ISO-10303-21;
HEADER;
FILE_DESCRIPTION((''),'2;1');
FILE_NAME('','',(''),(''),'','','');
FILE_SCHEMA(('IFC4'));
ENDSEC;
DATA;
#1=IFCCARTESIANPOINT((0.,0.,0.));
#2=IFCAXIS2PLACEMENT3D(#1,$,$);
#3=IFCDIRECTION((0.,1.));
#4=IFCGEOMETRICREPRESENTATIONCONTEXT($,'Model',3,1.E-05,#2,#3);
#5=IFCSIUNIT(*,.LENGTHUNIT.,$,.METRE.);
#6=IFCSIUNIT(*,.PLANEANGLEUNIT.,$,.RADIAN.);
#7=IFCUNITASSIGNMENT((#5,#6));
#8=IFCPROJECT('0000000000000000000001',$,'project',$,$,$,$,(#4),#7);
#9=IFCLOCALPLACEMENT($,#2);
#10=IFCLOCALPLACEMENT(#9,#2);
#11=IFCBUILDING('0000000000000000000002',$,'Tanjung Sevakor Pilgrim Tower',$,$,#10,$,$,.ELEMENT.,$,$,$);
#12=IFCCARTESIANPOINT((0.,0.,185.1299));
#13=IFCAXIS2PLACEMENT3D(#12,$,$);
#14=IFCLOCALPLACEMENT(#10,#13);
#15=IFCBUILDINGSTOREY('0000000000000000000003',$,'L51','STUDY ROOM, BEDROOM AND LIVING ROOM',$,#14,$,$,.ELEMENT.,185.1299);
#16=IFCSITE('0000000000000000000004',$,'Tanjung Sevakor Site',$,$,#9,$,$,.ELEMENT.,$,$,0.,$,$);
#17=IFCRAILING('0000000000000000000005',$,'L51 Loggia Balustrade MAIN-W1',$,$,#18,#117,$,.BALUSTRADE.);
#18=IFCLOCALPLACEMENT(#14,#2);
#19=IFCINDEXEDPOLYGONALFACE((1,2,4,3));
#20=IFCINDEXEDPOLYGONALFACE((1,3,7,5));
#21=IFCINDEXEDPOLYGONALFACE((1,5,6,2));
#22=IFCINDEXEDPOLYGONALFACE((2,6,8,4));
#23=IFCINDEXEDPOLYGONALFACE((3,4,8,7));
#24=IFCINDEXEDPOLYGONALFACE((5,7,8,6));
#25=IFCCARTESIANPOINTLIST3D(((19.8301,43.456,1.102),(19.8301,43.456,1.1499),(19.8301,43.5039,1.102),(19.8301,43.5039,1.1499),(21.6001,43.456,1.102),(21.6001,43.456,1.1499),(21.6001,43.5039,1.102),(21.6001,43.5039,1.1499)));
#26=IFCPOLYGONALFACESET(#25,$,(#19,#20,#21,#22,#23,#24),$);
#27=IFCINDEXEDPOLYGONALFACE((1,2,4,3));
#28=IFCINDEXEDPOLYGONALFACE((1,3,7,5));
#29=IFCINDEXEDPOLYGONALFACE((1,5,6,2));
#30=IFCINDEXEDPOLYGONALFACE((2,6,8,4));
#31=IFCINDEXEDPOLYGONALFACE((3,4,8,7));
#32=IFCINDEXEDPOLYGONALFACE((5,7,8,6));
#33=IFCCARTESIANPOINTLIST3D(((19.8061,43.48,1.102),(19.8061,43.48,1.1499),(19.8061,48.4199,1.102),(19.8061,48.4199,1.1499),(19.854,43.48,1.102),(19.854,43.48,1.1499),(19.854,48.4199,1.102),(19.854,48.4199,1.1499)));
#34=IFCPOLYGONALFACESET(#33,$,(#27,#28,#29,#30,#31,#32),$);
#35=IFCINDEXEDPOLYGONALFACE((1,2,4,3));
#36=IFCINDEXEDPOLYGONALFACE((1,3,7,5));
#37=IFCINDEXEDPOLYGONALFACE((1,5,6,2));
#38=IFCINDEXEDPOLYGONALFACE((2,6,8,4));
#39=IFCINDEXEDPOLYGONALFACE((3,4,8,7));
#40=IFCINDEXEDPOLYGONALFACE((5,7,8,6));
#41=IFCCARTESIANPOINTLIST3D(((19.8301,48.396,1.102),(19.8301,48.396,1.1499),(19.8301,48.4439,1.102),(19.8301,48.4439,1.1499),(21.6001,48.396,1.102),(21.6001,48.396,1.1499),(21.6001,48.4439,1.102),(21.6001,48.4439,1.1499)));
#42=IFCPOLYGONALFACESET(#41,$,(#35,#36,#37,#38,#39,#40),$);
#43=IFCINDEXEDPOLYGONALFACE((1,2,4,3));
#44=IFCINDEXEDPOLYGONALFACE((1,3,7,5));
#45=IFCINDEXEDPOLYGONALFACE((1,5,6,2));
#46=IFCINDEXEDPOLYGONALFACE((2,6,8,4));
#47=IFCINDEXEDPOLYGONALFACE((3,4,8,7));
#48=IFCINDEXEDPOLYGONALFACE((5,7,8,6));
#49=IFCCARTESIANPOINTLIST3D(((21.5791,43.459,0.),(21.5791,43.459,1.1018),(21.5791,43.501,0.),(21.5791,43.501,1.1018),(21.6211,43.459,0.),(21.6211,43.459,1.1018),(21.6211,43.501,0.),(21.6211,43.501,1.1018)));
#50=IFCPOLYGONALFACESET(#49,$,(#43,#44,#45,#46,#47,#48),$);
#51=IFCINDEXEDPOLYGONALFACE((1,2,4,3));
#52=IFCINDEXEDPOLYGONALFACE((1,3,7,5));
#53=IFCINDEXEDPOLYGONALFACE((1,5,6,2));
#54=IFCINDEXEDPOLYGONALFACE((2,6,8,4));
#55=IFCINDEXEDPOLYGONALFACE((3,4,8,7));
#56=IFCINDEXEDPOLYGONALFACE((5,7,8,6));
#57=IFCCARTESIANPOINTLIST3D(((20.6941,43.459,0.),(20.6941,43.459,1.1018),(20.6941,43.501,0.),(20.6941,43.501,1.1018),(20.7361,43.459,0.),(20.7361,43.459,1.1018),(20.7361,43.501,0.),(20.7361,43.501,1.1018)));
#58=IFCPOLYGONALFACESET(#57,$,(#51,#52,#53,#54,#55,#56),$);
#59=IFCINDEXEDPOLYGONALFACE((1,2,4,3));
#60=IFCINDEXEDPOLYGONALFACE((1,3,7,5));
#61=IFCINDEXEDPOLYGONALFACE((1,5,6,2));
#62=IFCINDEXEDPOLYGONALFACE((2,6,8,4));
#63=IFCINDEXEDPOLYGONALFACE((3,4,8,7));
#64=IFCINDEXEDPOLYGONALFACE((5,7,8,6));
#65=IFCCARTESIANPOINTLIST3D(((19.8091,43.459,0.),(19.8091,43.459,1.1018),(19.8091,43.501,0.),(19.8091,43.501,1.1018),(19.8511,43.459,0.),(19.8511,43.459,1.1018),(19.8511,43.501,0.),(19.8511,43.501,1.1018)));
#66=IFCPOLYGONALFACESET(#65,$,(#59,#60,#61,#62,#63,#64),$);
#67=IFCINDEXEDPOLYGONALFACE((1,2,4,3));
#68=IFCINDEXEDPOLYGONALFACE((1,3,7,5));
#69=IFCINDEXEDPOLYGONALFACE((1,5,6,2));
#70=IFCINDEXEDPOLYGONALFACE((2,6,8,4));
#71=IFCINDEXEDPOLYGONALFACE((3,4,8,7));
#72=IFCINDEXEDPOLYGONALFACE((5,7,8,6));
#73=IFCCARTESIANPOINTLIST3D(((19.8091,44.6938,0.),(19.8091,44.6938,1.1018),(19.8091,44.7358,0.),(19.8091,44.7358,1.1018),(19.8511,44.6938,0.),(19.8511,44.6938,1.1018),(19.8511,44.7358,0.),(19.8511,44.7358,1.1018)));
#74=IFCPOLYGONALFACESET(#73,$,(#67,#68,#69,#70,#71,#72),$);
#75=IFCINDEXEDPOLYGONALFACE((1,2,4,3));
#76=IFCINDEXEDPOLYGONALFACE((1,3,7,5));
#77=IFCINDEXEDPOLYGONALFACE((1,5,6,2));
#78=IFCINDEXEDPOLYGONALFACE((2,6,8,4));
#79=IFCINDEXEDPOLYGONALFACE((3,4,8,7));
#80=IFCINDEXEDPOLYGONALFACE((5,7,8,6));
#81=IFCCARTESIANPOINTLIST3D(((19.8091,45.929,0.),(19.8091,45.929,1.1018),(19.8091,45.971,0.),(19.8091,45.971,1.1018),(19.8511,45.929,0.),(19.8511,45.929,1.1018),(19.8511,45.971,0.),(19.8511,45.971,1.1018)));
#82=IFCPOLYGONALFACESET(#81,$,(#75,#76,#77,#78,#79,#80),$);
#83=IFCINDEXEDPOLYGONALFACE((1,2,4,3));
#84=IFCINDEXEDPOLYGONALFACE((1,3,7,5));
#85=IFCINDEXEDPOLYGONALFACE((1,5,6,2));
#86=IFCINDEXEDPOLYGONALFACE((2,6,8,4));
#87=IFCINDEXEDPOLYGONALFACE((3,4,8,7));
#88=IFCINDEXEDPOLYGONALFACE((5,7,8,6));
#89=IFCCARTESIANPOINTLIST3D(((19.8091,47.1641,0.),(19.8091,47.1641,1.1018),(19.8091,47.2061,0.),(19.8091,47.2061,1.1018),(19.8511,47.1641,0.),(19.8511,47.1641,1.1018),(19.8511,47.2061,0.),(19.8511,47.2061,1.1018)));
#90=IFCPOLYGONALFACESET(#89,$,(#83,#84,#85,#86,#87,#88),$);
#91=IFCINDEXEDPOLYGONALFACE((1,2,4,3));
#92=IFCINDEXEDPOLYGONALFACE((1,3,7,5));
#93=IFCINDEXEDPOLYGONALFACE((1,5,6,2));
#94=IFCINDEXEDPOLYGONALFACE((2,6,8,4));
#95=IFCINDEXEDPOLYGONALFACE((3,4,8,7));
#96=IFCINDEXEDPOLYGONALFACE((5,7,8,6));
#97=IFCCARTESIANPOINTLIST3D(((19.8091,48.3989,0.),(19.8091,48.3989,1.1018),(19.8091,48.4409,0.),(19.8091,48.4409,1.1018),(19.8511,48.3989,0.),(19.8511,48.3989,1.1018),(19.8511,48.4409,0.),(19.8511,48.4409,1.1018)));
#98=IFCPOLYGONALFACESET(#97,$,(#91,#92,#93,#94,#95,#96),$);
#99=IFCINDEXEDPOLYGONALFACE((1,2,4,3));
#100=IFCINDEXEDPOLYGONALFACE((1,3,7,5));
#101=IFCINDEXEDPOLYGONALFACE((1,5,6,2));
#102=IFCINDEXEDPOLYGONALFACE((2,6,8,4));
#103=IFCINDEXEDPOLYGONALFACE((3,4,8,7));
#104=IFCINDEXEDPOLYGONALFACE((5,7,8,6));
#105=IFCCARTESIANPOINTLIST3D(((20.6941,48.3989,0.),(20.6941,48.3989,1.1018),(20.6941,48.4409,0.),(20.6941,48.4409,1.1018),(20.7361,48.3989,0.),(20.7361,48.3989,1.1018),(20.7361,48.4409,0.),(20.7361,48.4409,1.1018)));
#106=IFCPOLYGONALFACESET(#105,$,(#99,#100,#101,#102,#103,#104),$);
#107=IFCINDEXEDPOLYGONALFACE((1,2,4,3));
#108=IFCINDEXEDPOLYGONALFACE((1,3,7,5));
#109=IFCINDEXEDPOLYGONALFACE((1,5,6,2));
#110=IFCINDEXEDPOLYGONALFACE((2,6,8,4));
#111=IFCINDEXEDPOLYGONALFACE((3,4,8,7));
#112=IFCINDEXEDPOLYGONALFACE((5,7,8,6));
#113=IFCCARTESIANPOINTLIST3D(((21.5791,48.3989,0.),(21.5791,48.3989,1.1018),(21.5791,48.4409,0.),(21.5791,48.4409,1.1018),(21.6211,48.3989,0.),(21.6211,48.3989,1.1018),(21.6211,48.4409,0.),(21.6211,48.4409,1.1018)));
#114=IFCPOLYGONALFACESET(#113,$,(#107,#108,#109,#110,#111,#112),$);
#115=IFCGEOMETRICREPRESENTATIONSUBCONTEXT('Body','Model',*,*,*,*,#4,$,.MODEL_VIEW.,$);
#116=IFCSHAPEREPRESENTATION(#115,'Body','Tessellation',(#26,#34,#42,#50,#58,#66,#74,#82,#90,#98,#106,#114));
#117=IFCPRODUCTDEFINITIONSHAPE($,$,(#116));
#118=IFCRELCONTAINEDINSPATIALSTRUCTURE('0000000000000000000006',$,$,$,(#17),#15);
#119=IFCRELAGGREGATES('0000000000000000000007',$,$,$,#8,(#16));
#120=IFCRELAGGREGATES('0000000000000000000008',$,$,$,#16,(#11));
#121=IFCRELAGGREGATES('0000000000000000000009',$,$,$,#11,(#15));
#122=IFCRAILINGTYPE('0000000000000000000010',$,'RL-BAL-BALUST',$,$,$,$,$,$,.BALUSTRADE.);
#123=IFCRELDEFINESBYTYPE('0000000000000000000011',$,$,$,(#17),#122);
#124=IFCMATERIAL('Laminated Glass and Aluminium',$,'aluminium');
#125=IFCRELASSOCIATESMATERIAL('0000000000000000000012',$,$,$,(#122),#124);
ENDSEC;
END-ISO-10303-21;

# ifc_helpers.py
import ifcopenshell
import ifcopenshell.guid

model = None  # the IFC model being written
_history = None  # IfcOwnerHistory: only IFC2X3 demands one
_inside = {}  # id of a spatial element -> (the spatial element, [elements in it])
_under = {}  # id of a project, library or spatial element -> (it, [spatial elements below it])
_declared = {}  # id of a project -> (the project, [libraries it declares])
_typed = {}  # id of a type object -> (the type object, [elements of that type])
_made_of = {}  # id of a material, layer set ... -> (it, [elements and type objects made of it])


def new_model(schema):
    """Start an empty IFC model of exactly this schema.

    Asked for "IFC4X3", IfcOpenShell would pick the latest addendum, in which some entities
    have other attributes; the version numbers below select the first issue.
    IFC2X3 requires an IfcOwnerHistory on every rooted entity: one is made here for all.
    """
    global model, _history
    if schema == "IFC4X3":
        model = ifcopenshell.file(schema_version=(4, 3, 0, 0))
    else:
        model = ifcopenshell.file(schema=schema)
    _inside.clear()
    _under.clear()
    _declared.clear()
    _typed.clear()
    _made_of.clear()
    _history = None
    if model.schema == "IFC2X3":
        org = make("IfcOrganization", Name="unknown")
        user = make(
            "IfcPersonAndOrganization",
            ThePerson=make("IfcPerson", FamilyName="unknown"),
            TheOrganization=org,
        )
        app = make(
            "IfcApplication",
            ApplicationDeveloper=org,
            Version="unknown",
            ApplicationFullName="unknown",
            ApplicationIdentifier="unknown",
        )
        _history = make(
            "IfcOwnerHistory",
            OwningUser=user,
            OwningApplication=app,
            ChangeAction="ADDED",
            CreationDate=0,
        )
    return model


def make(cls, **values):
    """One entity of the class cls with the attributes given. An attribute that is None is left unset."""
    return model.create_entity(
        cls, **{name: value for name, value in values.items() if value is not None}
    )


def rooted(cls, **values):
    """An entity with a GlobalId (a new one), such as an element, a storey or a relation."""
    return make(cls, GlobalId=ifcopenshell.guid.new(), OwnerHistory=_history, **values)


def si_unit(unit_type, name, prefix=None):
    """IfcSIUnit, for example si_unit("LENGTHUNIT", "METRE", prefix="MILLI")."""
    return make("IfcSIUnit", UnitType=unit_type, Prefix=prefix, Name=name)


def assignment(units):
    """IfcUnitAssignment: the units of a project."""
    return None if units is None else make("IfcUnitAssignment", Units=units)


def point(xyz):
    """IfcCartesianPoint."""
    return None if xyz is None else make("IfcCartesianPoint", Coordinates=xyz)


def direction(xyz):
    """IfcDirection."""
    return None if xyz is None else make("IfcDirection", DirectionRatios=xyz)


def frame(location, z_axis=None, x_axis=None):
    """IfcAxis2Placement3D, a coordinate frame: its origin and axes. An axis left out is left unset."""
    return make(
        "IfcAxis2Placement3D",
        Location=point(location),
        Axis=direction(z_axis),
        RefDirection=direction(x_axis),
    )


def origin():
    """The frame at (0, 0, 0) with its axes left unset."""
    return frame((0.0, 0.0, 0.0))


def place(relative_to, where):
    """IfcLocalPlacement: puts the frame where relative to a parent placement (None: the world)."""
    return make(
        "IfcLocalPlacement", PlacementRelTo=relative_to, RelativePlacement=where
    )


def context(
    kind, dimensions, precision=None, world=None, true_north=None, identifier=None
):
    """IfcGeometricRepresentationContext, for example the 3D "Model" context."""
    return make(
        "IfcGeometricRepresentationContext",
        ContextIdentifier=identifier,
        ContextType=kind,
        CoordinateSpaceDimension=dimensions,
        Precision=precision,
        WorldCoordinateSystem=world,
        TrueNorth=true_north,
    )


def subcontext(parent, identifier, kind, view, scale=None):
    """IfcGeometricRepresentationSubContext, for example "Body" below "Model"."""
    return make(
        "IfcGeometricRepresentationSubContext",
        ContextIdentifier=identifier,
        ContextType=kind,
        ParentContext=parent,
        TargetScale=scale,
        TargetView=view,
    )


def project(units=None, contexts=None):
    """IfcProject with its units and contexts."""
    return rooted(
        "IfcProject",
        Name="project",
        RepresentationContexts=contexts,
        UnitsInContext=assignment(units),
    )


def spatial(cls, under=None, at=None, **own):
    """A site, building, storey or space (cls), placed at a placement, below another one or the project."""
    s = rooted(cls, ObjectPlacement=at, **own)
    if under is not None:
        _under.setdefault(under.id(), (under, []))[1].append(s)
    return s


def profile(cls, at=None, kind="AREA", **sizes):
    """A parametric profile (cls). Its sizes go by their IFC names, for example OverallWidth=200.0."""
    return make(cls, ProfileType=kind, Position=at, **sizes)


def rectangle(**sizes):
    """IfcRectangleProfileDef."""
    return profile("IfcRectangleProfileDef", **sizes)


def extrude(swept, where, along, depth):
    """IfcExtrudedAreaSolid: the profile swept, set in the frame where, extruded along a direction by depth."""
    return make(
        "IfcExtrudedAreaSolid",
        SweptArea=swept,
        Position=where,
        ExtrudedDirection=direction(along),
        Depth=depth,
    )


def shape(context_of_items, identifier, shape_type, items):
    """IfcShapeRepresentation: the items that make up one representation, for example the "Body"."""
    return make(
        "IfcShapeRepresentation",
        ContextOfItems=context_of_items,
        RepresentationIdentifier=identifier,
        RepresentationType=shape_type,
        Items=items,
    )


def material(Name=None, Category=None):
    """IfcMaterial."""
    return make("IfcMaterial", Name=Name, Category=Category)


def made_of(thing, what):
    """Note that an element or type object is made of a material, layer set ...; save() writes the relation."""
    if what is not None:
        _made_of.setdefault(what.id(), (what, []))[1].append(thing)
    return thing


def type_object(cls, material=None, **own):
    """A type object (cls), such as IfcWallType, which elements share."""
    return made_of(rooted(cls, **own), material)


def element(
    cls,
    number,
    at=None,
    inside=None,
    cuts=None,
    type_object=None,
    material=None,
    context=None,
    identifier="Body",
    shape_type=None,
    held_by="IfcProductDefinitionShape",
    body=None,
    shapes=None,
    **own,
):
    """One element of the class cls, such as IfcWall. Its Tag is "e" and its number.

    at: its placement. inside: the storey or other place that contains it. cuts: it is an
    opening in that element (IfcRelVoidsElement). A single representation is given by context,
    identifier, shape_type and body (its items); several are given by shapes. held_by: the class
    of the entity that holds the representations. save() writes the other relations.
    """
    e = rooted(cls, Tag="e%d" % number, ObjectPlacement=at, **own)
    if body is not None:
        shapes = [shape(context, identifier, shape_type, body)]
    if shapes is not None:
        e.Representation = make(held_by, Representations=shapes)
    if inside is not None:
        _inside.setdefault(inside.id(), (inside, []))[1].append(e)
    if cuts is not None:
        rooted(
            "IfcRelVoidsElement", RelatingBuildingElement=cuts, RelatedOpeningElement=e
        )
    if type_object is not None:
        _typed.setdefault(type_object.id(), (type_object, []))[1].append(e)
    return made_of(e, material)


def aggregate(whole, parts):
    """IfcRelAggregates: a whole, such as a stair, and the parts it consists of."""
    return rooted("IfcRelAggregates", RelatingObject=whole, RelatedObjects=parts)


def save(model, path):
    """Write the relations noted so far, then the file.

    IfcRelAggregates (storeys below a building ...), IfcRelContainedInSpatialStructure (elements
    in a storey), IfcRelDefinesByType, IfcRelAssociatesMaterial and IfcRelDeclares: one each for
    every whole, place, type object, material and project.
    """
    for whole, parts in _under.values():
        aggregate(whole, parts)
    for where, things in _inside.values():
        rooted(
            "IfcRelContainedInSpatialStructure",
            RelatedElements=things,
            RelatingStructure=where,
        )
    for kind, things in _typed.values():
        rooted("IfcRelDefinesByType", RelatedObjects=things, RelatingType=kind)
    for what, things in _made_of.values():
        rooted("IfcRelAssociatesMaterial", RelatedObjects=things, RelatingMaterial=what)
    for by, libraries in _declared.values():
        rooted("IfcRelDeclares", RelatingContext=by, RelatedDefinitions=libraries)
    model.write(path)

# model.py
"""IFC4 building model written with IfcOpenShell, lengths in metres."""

from ifc_helpers import new_model, si_unit, direction, frame, origin, place, context, subcontext, project, spatial, rectangle, extrude, material, type_object, element, save


model = new_model("IFC4")

# Units and contexts
model_context = context("Model", 3, precision=1e-05, world=origin(), true_north=direction((0.0, 1.0)))
body_context = subcontext(model_context, "Body", "Model", "MODEL_VIEW")
ifc_project = project(units=[si_unit("LENGTHUNIT", "METRE"), si_unit("PLANEANGLEUNIT", "RADIAN")], contexts=[model_context])

# Site, building, storey
site_placement = place(None, origin())
site = spatial("IfcSite", under=ifc_project, at=site_placement, Name="Tanjung Sevakor Site", CompositionType="ELEMENT", RefElevation=0.0)
building_placement = place(site_placement, origin())
building = spatial("IfcBuilding", under=site, at=building_placement, Name="Tanjung Sevakor Pilgrim Tower", CompositionType="ELEMENT")
storey_placement = place(building_placement, frame((0.0, 0.0, 185.1299)))
storey = spatial("IfcBuildingStorey", under=building, at=storey_placement, Name="L51", Description="STUDY ROOM, BEDROOM AND LIVING ROOM", CompositionType="ELEMENT", Elevation=185.1299)

# Railing
ifc_material_1 = material(Name="Laminated Glass and Aluminium", Category="aluminium")
railing_type = type_object("IfcRailingType", Name="RL-BAL-BALUST", PredefinedType="BALUSTRADE", material=ifc_material_1)
railing_placement = place(storey_placement, frame((21.6001, 43.48, 0.0)))
element("IfcRailing", 1, at=railing_placement, inside=storey, type_object=railing_type, Name="L51 Loggia Balustrade MAIN-W1", PredefinedType="BALUSTRADE", context=body_context, shape_type="SweptSolid", body=[
    extrude(rectangle(XDim=0.0479, YDim=0.0479), frame((0.0, 0.0, 1.126), z_axis=(-1.0, 0.0, 0.0), x_axis=(0.0, -1.0, 0.0)), (0.0, 0.0, 1.0), 1.77),
    extrude(rectangle(XDim=0.0479, YDim=0.0479), frame((-1.77, 0.0, 1.126), z_axis=(0.0, 1.0, 0.0), x_axis=(-1.0, 0.0, 0.0)), (0.0, 0.0, 1.0), 4.9399),
    extrude(rectangle(XDim=0.0479, YDim=0.0479), frame((-1.77, 4.9399, 1.126), z_axis=(1.0, 0.0, 0.0), x_axis=(0.0, 1.0, 0.0)), (0.0, 0.0, 1.0), 1.77),
    extrude(rectangle(XDim=0.042, YDim=0.042), origin(), (0.0, 0.0, 1.0), 1.1018),
    extrude(rectangle(XDim=0.042, YDim=0.042), frame((-0.885, 0.0, 0.0)), (0.0, 0.0, 1.0), 1.1018),
    extrude(rectangle(XDim=0.042, YDim=0.042), frame((-1.77, 0.0, 0.0)), (0.0, 0.0, 1.0), 1.1018),
    extrude(rectangle(XDim=0.042, YDim=0.042), frame((-1.77, 1.2349, 0.0)), (0.0, 0.0, 1.0), 1.1018),
    extrude(rectangle(XDim=0.042, YDim=0.042), frame((-1.77, 2.47, 0.0)), (0.0, 0.0, 1.0), 1.1018),
    extrude(rectangle(XDim=0.042, YDim=0.042), frame((-1.77, 3.7051, 0.0)), (0.0, 0.0, 1.0), 1.1018),
    extrude(rectangle(XDim=0.042, YDim=0.042), frame((-1.77, 4.9399, 0.0)), (0.0, 0.0, 1.0), 1.1018),
    extrude(rectangle(XDim=0.042, YDim=0.042), frame((-0.885, 4.9399, 0.0)), (0.0, 0.0, 1.0), 1.1018),
    extrude(rectangle(XDim=0.042, YDim=0.042), frame((0.0, 4.9399, 0.0)), (0.0, 0.0, 1.0), 1.1018),
])

save(model, "model.ifc")
